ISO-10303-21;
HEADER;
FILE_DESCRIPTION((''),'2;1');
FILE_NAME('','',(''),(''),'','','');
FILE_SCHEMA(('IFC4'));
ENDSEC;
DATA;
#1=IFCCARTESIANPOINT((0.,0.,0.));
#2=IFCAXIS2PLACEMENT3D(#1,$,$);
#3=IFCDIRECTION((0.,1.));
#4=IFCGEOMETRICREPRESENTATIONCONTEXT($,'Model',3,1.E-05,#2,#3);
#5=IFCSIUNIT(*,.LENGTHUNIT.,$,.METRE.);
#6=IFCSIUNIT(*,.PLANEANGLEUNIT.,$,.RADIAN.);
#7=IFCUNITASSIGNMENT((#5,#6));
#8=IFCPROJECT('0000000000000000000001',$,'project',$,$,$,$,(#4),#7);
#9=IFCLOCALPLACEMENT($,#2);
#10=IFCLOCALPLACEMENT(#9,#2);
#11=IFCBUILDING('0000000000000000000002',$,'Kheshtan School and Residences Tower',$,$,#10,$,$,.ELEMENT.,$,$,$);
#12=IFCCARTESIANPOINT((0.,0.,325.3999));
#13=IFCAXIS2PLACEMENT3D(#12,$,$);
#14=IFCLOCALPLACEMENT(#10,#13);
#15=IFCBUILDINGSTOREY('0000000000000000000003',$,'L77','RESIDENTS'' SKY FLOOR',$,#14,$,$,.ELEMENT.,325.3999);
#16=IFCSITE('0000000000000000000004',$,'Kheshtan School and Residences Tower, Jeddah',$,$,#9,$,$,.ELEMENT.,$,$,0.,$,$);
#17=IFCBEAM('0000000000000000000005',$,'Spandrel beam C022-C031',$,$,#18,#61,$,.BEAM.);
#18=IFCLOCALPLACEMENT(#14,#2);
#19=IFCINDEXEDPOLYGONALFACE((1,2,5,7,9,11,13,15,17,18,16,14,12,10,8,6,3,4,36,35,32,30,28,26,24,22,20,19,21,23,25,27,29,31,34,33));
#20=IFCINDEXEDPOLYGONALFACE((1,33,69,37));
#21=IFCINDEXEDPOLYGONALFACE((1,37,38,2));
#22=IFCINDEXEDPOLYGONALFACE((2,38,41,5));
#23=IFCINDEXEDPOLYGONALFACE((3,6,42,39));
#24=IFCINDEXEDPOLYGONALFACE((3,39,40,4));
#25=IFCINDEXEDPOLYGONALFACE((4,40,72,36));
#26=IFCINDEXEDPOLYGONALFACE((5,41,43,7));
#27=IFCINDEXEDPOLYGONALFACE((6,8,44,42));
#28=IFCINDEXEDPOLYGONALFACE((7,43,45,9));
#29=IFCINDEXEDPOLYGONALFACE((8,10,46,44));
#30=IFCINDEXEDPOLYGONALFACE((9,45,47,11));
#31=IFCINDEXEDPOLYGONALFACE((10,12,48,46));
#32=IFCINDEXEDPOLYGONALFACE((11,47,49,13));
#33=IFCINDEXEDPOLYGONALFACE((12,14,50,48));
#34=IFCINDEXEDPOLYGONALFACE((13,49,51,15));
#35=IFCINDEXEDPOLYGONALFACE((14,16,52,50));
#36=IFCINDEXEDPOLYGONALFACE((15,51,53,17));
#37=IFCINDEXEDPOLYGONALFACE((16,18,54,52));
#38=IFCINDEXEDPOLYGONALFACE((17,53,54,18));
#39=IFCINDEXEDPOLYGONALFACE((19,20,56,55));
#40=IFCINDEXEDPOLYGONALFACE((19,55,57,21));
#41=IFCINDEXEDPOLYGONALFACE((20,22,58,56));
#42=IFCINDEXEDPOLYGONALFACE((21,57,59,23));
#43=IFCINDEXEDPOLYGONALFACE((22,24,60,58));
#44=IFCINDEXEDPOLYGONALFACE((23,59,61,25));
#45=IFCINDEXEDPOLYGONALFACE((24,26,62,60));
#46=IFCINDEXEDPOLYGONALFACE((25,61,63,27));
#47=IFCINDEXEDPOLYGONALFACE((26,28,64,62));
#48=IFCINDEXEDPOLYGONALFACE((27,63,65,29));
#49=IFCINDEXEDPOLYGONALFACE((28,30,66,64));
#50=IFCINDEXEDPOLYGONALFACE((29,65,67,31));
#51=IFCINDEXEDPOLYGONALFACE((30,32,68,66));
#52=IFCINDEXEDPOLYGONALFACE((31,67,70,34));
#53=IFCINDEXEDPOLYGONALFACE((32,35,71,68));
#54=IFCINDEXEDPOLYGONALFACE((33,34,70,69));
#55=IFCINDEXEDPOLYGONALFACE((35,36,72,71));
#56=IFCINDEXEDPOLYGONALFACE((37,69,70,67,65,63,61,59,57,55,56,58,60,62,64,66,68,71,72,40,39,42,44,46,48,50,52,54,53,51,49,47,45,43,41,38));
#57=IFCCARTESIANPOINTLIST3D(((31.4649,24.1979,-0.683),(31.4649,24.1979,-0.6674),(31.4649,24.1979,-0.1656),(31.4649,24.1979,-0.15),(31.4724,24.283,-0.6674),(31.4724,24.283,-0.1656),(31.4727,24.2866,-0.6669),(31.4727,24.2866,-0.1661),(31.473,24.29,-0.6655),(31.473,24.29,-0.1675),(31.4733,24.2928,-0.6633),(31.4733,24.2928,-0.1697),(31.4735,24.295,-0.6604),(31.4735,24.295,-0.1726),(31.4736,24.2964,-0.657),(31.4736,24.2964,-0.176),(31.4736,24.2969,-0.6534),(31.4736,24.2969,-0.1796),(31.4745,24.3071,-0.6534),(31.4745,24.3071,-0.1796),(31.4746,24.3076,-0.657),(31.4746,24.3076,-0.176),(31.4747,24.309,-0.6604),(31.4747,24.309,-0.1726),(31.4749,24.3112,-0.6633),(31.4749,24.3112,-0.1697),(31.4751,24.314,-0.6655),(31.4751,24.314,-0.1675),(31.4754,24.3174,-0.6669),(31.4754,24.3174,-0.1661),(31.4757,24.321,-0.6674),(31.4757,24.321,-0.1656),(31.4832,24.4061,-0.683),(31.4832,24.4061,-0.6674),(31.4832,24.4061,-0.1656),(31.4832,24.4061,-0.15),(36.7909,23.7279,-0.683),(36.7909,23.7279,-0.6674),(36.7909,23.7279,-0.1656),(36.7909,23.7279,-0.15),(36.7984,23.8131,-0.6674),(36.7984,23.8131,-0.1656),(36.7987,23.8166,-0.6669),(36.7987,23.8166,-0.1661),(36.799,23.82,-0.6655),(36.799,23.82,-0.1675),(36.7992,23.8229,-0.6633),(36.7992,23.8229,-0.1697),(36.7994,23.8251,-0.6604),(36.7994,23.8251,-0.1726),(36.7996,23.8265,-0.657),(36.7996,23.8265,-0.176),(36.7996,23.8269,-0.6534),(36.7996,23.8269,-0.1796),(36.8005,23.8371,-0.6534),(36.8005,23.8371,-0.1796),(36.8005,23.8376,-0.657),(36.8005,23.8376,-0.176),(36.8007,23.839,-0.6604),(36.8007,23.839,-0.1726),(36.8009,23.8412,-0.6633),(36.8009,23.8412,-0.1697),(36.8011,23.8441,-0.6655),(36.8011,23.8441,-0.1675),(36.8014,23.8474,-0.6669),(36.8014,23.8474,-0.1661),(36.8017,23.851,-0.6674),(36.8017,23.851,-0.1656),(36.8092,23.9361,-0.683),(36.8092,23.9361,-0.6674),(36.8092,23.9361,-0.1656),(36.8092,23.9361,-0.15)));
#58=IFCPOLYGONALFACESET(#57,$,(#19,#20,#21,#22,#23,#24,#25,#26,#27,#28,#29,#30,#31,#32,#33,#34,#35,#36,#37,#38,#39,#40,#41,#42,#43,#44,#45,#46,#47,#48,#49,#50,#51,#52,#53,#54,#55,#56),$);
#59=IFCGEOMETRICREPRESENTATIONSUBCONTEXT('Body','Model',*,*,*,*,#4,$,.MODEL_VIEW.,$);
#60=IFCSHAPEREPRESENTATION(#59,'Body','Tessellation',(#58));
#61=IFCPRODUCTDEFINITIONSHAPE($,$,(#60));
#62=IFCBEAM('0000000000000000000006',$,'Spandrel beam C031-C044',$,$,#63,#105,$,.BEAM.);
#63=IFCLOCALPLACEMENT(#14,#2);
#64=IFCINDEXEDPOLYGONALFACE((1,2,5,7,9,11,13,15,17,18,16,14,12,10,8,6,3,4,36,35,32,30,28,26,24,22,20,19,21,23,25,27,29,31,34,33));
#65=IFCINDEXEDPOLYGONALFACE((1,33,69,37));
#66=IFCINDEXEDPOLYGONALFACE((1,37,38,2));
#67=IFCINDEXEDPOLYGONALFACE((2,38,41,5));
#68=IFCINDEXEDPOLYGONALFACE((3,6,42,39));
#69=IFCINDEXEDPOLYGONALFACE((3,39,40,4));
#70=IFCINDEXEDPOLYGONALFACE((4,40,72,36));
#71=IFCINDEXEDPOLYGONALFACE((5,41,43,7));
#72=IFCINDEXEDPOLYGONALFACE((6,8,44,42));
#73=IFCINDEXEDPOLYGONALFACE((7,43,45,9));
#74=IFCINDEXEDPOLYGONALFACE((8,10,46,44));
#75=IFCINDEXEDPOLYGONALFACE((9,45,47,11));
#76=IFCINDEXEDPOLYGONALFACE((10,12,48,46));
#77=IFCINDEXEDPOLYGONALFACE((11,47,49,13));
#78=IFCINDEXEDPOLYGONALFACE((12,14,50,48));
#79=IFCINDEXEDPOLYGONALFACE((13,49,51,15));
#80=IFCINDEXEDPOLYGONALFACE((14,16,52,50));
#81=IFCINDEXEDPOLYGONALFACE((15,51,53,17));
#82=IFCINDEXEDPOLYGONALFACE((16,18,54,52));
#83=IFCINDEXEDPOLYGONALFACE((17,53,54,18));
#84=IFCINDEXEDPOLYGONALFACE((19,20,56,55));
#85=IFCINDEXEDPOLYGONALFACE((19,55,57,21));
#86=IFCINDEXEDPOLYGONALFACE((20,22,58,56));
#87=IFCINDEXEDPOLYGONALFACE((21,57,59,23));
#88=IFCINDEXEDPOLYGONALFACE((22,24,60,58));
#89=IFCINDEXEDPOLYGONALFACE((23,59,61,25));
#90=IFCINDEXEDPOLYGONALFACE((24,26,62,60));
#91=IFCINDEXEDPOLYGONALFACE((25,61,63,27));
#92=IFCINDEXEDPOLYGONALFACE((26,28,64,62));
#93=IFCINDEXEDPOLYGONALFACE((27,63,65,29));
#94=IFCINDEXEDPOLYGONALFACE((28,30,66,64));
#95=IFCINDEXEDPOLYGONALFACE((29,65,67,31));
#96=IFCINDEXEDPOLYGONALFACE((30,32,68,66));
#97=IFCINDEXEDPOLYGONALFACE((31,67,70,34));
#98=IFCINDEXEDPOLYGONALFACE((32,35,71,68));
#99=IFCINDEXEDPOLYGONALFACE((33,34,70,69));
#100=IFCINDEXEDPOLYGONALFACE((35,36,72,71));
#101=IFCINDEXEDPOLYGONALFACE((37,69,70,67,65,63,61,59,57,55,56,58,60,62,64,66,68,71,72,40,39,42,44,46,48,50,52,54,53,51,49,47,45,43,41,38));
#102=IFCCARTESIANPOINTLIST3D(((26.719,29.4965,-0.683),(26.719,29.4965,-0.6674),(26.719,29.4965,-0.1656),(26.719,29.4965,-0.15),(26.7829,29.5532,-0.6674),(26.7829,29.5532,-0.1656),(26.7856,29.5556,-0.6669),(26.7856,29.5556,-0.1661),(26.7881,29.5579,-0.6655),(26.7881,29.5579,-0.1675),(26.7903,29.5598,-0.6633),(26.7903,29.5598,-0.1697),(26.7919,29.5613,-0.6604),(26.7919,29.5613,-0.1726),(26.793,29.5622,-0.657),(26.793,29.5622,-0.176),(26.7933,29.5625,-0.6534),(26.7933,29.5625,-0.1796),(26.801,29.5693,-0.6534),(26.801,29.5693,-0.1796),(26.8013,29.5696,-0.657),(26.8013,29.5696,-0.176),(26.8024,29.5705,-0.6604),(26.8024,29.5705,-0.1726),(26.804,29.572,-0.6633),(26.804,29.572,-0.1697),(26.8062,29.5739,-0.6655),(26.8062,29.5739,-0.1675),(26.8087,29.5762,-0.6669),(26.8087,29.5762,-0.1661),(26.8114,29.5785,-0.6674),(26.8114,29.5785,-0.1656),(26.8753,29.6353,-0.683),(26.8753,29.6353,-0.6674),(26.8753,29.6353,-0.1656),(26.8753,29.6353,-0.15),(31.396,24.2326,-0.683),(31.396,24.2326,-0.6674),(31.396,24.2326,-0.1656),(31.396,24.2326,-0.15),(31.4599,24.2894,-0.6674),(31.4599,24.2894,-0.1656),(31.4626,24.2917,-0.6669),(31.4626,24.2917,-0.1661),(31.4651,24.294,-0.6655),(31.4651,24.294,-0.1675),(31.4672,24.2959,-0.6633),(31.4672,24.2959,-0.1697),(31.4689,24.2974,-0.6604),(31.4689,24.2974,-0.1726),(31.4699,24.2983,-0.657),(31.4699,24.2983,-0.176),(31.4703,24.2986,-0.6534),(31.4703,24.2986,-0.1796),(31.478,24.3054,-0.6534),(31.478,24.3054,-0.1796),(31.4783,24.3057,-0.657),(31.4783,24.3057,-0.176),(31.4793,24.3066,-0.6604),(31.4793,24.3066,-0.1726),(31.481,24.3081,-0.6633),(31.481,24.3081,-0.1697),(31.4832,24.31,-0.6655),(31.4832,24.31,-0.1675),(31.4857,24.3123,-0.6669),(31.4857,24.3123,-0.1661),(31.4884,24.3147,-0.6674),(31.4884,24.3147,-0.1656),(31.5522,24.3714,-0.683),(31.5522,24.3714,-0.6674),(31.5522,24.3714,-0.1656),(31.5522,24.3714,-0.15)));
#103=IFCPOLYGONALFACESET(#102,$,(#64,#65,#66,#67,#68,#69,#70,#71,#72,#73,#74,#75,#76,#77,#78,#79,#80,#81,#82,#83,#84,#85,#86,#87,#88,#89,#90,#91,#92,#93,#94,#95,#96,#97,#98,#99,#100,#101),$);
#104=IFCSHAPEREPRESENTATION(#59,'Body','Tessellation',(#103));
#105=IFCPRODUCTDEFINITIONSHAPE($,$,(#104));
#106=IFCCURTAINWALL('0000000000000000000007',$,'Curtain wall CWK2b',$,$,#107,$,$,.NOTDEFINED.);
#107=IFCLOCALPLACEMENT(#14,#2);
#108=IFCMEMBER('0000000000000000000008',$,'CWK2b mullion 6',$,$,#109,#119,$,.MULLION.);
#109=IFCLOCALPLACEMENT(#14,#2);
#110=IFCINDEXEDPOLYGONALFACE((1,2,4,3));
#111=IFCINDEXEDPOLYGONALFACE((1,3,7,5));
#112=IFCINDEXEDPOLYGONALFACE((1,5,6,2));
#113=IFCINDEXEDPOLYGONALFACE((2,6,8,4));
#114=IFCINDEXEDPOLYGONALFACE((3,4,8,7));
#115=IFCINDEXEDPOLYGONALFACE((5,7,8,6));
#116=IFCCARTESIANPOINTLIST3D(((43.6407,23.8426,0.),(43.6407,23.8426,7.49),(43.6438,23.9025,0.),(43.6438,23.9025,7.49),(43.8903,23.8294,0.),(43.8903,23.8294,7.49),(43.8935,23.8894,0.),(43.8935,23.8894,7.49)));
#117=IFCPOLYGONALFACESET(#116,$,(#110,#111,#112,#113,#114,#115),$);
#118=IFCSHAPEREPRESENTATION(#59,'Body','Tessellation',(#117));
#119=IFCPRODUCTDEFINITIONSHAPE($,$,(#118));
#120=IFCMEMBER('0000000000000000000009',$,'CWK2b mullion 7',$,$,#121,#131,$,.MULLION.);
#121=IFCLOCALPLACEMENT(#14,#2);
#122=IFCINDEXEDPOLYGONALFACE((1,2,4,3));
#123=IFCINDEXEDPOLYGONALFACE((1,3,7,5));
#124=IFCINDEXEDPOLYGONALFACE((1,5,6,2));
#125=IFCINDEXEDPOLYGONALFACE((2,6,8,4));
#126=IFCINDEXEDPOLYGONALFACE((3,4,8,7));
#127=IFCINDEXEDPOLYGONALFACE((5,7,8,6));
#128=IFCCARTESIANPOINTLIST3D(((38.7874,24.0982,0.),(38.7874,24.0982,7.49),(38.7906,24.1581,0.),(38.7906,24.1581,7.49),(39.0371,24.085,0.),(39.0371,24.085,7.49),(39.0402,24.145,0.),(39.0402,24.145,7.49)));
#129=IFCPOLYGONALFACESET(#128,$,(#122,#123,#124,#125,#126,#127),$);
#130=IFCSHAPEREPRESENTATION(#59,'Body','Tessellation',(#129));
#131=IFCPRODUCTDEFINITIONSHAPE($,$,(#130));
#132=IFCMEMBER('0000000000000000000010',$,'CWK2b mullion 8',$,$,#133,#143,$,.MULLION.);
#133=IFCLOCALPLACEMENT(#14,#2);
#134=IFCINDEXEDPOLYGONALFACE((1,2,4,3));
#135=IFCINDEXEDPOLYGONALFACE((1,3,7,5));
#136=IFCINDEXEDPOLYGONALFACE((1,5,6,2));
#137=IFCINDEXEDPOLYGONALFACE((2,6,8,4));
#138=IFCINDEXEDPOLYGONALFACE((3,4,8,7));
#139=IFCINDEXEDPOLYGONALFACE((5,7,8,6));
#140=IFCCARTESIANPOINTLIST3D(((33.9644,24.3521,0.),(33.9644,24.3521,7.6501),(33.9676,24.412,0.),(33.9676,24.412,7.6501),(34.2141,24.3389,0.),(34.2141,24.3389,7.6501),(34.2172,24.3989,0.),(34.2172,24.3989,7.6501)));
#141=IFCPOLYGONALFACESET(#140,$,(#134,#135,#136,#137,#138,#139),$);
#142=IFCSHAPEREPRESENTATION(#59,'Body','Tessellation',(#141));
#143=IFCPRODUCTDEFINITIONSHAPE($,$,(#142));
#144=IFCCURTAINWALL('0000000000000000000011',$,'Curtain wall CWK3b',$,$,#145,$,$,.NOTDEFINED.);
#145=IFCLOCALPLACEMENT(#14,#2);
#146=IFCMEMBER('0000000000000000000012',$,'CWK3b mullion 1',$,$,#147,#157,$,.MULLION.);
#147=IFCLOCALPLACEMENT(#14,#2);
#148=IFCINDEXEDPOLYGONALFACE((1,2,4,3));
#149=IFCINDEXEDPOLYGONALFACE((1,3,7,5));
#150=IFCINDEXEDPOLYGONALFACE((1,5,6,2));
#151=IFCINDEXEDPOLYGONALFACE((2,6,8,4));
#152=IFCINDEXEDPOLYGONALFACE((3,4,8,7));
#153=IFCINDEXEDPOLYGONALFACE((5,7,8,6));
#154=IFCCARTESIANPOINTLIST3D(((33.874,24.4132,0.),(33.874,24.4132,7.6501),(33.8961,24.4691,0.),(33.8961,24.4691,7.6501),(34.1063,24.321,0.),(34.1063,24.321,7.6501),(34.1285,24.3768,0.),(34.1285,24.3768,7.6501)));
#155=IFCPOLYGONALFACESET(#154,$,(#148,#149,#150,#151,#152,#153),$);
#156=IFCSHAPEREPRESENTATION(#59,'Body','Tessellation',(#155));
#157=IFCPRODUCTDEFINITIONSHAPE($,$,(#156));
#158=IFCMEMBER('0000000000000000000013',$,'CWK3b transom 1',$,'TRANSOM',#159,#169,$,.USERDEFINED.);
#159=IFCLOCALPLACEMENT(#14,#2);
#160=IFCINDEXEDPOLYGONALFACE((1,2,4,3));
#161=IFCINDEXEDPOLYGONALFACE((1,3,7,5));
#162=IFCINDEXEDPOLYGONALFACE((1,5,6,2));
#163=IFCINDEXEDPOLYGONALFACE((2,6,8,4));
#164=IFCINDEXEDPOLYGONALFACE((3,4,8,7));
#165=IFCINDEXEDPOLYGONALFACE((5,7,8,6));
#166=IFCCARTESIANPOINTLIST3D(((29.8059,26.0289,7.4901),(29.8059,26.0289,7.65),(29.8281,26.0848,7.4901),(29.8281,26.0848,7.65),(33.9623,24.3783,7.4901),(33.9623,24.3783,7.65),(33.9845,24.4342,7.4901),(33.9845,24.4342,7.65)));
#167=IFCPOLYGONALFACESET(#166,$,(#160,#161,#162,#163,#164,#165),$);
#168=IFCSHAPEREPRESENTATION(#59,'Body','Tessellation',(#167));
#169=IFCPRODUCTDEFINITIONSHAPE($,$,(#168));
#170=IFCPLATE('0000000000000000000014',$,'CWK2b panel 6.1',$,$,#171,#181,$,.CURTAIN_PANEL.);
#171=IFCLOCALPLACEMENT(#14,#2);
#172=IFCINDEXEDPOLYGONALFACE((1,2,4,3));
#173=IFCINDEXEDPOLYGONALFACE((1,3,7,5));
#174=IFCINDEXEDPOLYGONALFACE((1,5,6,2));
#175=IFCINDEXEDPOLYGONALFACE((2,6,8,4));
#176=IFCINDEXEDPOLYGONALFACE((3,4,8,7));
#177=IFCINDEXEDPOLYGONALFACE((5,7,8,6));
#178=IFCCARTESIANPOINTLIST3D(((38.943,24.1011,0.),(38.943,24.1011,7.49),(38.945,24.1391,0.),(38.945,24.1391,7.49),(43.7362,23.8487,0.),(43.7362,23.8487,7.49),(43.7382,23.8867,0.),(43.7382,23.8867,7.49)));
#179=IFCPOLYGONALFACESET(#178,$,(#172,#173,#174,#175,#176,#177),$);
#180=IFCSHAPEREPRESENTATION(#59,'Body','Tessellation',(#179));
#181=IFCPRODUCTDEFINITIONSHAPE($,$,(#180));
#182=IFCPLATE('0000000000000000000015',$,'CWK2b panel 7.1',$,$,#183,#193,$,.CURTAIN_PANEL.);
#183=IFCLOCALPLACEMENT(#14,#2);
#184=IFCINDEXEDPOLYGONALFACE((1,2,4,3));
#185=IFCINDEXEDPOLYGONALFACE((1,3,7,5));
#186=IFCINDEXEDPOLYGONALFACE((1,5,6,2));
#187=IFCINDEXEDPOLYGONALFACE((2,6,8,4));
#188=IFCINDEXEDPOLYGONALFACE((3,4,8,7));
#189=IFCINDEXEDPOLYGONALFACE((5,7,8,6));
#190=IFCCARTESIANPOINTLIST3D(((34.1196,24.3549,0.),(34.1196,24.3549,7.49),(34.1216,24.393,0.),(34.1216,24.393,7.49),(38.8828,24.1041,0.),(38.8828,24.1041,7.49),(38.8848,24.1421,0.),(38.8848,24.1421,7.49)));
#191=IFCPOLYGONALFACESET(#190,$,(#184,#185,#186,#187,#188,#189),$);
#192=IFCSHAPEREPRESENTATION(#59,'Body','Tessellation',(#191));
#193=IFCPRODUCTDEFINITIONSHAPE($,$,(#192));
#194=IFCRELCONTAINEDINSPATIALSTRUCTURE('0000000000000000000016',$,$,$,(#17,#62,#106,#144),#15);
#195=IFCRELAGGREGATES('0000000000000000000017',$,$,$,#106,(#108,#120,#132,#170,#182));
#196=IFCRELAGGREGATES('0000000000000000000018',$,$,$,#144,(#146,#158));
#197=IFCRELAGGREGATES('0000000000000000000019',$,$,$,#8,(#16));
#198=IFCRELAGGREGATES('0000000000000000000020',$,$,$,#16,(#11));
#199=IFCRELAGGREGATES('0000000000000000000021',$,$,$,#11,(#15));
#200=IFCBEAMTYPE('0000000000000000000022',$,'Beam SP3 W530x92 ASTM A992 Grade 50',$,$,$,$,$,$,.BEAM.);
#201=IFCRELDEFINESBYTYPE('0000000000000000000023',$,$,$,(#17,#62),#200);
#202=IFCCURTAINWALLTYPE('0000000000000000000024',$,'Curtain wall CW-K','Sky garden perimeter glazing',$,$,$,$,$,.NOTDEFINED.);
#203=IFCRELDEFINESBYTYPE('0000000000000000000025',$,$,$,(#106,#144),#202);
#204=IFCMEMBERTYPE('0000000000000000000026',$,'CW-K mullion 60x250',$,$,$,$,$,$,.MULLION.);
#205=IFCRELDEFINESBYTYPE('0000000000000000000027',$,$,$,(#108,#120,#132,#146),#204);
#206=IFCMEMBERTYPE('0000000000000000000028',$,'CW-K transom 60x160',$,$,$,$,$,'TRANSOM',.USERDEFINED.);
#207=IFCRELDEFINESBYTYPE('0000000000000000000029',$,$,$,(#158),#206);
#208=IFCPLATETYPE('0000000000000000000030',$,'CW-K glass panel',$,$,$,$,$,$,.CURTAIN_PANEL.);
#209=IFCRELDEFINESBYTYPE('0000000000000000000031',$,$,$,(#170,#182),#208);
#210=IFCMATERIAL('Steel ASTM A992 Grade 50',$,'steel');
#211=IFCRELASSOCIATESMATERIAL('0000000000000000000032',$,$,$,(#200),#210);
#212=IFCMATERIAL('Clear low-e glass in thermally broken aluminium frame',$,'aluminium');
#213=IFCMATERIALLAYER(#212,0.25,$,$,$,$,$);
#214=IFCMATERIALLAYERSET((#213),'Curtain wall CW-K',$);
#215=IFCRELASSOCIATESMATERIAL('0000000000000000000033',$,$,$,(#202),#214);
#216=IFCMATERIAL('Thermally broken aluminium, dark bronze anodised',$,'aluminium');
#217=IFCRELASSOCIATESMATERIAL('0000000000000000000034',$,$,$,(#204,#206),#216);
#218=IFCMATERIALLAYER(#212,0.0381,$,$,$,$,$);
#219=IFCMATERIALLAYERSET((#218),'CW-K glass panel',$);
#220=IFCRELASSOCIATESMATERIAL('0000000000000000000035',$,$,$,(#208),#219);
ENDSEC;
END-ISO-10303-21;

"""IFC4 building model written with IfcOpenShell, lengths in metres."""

from ifc_helpers import new_model, si_unit, direction, frame, origin, origin_2d, place, context, subcontext, project, spatial, rectangle, i_section, extrude, material, layer, layer_set, material_profile, profile_set, type_object, element, aggregate, save


model = new_model("IFC4")

# Units and contexts
model_context = context("Model", 3, precision=1e-05, world=origin(), true_north=direction((0.0, 1.0)))
body_context = subcontext(model_context, "Body", "Model", "MODEL_VIEW")
ifc_project = project(units=[si_unit("LENGTHUNIT", "METRE"), si_unit("PLANEANGLEUNIT", "RADIAN")], contexts=[model_context])

# Site, building, storey
site_placement = place(None, origin())
site = spatial("IfcSite", under=ifc_project, at=site_placement, Name="Kheshtan School and Residences Tower, Jeddah", CompositionType="ELEMENT", RefElevation=0.0)
building_placement = place(site_placement, origin())
building = spatial("IfcBuilding", under=site, at=building_placement, Name="Kheshtan School and Residences Tower", CompositionType="ELEMENT")
storey_placement = place(building_placement, frame((0.0, 0.0, 325.3999)))
storey = spatial("IfcBuildingStorey", under=building, at=storey_placement, Name="L77", Description="RESIDENTS' SKY FLOOR", CompositionType="ELEMENT", Elevation=325.3999)

# Shared definitions
ifc_material_1 = material(Name="Steel ASTM A992 Grade 50", Category="steel")

# Beams
ifc_material_profile_1 = material_profile(ifc_material_1, i_section(OverallWidth=0.209, OverallDepth=0.533, WebThickness=0.0103, FlangeThickness=0.0156, FilletRadius=0.0139, at=origin_2d()), Name="W530x92")
ifc_profile_set_1 = profile_set([ifc_material_profile_1], Name="Steel ASTM A992 Grade 50")
beam_type_1 = type_object("IfcBeamType", Name="Beam SP3 W530x92 ASTM A992 Grade 50", PredefinedType="BEAM", material=ifc_profile_set_1)
beam_1_placement = place(storey_placement, frame((36.8, 23.832, -0.4165), z_axis=(-0.996129, 0.0879, 0.0), x_axis=(-0.0879, -0.996129, 0.0)))
element("IfcBeam", 1, at=beam_1_placement, inside=storey, type_object=beam_type_1, Name="Spandrel beam C022-C031", PredefinedType="BEAM", context=body_context, shape_type="SweptSolid", body=[
    extrude(i_section(OverallWidth=0.209, OverallDepth=0.533, WebThickness=0.0103, FlangeThickness=0.0156, FilletRadius=0.0139, at=origin_2d()), origin(), (0.0, 0.0, 1.0), 5.3467),
])
beam_2_placement = place(storey_placement, frame((31.4741, 24.302, -0.4165), z_axis=(-0.664202, 0.747553, 0.0), x_axis=(-0.747553, -0.664202, 0.0)))
element("IfcBeam", 2, at=beam_2_placement, inside=storey, type_object=beam_type_1, Name="Spandrel beam C031-C044", PredefinedType="BEAM", context=body_context, shape_type="SweptSolid", body=[
    extrude(i_section(OverallWidth=0.209, OverallDepth=0.533, WebThickness=0.0103, FlangeThickness=0.0156, FilletRadius=0.0139, at=origin_2d()), origin(), (0.0, 0.0, 1.0), 7.0415),
])

# Curtain walls, members
ifc_material_2 = material(Name="Clear low-e glass in thermally broken aluminium frame", Category="aluminium")
ifc_layer_1 = layer(ifc_material_2, 0.25)
ifc_layer_set_1 = layer_set([ifc_layer_1], Name="Curtain wall CW-K")
curtain_wall_type = type_object("IfcCurtainWallType", Name="Curtain wall CW-K", Description="Sky garden perimeter glazing", PredefinedType="NOTDEFINED", material=ifc_layer_set_1)
curtain_wall_1_placement = place(storey_placement, origin())
curtain_wall_1 = element("IfcCurtainWall", 3, at=curtain_wall_1_placement, inside=storey, type_object=curtain_wall_type, Name="Curtain wall CWK2b", PredefinedType="NOTDEFINED")
ifc_material_3 = material(Name="Thermally broken aluminium, dark bronze anodised", Category="aluminium")
ifc_material_profile_2 = material_profile(ifc_material_3, rectangle(XDim=0.0601, YDim=0.25, at=origin_2d()), Name="CW-K mullion 60x250")
ifc_profile_set_2 = profile_set([ifc_material_profile_2], Name="Thermally broken aluminium, dark bronze anodised")
member_type_1 = type_object("IfcMemberType", Name="CW-K mullion 60x250", PredefinedType="MULLION", material=ifc_profile_set_2)
member_1_placement = place(storey_placement, frame((43.7671, 23.866, 0.0), z_axis=(0.0, 0.0, 1.0), x_axis=(-0.052588, -0.998616, 0.0)))
member_1 = element("IfcMember", 4, at=member_1_placement, type_object=member_type_1, Name="CWK2b mullion 6", PredefinedType="MULLION", context=body_context, shape_type="SweptSolid", body=[
    extrude(rectangle(XDim=0.0601, YDim=0.25, at=origin_2d()), origin(), (0.0, 0.0, 1.0), 7.49),
])
member_2_placement = place(storey_placement, frame((38.9138, 24.1216, 0.0), z_axis=(0.0, 0.0, 1.0), x_axis=(-0.052588, -0.998616, 0.0)))
member_2 = element("IfcMember", 5, at=member_2_placement, type_object=member_type_1, Name="CWK2b mullion 7", PredefinedType="MULLION", context=body_context, shape_type="SweptSolid", body=[
    extrude(rectangle(XDim=0.0601, YDim=0.25, at=origin_2d()), origin(), (0.0, 0.0, 1.0), 7.49),
])
member_3_placement = place(storey_placement, frame((34.0908, 24.3755, 0.0), z_axis=(0.0, 0.0, 1.0), x_axis=(-0.052588, -0.998616, 0.0)))
member_3 = element("IfcMember", 6, at=member_3_placement, type_object=member_type_1, Name="CWK2b mullion 8", PredefinedType="MULLION", context=body_context, shape_type="SweptSolid", body=[
    extrude(rectangle(XDim=0.0601, YDim=0.25, at=origin_2d()), origin(), (0.0, 0.0, 1.0), 7.6501),
])
curtain_wall_2_placement = place(storey_placement, origin())
curtain_wall_2 = element("IfcCurtainWall", 7, at=curtain_wall_2_placement, inside=storey, type_object=curtain_wall_type, Name="Curtain wall CWK3b", PredefinedType="NOTDEFINED")
member_4_placement = place(storey_placement, frame((34.0012, 24.395, 0.0), z_axis=(0.0, 0.0, 1.0), x_axis=(-0.369099, -0.92939, 0.0)))
member_4 = element("IfcMember", 8, at=member_4_placement, type_object=member_type_1, Name="CWK3b mullion 1", PredefinedType="MULLION", context=body_context, shape_type="SweptSolid", body=[
    extrude(rectangle(XDim=0.0601, YDim=0.25, at=origin_2d()), origin(), (0.0, 0.0, 1.0), 7.6501),
])
ifc_material_profile_3 = material_profile(ifc_material_3, rectangle(XDim=0.0601, YDim=0.1599, at=origin_2d()), Name="CW-K transom 60x160")
ifc_profile_set_3 = profile_set([ifc_material_profile_3], Name="Thermally broken aluminium, dark bronze anodised")
member_type_2 = type_object("IfcMemberType", Name="CW-K transom 60x160", ElementType="TRANSOM", PredefinedType="USERDEFINED", material=ifc_profile_set_3)
member_5_placement = place(storey_placement, frame((33.9734, 24.4062, 7.5701), z_axis=(-0.929396, 0.369084, 0.0), x_axis=(-0.369084, -0.929396, 0.0)))
member_5 = element("IfcMember", 9, at=member_5_placement, type_object=member_type_2, Name="CWK3b transom 1", ObjectType="TRANSOM", PredefinedType="USERDEFINED", context=body_context, shape_type="SweptSolid", body=[
    extrude(rectangle(XDim=0.0601, YDim=0.1599, at=origin_2d()), origin(), (0.0, 0.0, 1.0), 4.4722),
])

# Plates
ifc_layer_2 = layer(ifc_material_2, 0.0381)
ifc_layer_set_2 = layer_set([ifc_layer_2], Name="CW-K glass panel")
plate_type = type_object("IfcPlateType", Name="CW-K glass panel", PredefinedType="CURTAIN_PANEL", material=ifc_layer_set_2)
plate_1_placement = place(storey_placement, frame((41.3406, 23.9939, 0.0), z_axis=(0.0, 0.0, 1.0), x_axis=(-0.998616, 0.052588, 0.0)))
plate_1 = element("IfcPlate", 10, at=plate_1_placement, type_object=plate_type, Name="CWK2b panel 6.1", PredefinedType="CURTAIN_PANEL", context=body_context, shape_type="SweptSolid", body=[
    extrude(rectangle(XDim=4.7998, YDim=0.0381, at=origin_2d()), origin(), (0.0, 0.0, 1.0), 7.49),
])
plate_2_placement = place(storey_placement, frame((36.5022, 24.2485, 0.0), z_axis=(0.0, 0.0, 1.0), x_axis=(-0.998616, 0.052588, 0.0)))
plate_2 = element("IfcPlate", 11, at=plate_2_placement, type_object=plate_type, Name="CWK2b panel 7.1", PredefinedType="CURTAIN_PANEL", context=body_context, shape_type="SweptSolid", body=[
    extrude(rectangle(XDim=4.7698, YDim=0.0381, at=origin_2d()), origin(), (0.0, 0.0, 1.0), 7.49),
])
aggregate(curtain_wall_1, [member_1, member_2, member_3, plate_1, plate_2])
aggregate(curtain_wall_2, [member_4, member_5])

save(model, "model.ifc")
